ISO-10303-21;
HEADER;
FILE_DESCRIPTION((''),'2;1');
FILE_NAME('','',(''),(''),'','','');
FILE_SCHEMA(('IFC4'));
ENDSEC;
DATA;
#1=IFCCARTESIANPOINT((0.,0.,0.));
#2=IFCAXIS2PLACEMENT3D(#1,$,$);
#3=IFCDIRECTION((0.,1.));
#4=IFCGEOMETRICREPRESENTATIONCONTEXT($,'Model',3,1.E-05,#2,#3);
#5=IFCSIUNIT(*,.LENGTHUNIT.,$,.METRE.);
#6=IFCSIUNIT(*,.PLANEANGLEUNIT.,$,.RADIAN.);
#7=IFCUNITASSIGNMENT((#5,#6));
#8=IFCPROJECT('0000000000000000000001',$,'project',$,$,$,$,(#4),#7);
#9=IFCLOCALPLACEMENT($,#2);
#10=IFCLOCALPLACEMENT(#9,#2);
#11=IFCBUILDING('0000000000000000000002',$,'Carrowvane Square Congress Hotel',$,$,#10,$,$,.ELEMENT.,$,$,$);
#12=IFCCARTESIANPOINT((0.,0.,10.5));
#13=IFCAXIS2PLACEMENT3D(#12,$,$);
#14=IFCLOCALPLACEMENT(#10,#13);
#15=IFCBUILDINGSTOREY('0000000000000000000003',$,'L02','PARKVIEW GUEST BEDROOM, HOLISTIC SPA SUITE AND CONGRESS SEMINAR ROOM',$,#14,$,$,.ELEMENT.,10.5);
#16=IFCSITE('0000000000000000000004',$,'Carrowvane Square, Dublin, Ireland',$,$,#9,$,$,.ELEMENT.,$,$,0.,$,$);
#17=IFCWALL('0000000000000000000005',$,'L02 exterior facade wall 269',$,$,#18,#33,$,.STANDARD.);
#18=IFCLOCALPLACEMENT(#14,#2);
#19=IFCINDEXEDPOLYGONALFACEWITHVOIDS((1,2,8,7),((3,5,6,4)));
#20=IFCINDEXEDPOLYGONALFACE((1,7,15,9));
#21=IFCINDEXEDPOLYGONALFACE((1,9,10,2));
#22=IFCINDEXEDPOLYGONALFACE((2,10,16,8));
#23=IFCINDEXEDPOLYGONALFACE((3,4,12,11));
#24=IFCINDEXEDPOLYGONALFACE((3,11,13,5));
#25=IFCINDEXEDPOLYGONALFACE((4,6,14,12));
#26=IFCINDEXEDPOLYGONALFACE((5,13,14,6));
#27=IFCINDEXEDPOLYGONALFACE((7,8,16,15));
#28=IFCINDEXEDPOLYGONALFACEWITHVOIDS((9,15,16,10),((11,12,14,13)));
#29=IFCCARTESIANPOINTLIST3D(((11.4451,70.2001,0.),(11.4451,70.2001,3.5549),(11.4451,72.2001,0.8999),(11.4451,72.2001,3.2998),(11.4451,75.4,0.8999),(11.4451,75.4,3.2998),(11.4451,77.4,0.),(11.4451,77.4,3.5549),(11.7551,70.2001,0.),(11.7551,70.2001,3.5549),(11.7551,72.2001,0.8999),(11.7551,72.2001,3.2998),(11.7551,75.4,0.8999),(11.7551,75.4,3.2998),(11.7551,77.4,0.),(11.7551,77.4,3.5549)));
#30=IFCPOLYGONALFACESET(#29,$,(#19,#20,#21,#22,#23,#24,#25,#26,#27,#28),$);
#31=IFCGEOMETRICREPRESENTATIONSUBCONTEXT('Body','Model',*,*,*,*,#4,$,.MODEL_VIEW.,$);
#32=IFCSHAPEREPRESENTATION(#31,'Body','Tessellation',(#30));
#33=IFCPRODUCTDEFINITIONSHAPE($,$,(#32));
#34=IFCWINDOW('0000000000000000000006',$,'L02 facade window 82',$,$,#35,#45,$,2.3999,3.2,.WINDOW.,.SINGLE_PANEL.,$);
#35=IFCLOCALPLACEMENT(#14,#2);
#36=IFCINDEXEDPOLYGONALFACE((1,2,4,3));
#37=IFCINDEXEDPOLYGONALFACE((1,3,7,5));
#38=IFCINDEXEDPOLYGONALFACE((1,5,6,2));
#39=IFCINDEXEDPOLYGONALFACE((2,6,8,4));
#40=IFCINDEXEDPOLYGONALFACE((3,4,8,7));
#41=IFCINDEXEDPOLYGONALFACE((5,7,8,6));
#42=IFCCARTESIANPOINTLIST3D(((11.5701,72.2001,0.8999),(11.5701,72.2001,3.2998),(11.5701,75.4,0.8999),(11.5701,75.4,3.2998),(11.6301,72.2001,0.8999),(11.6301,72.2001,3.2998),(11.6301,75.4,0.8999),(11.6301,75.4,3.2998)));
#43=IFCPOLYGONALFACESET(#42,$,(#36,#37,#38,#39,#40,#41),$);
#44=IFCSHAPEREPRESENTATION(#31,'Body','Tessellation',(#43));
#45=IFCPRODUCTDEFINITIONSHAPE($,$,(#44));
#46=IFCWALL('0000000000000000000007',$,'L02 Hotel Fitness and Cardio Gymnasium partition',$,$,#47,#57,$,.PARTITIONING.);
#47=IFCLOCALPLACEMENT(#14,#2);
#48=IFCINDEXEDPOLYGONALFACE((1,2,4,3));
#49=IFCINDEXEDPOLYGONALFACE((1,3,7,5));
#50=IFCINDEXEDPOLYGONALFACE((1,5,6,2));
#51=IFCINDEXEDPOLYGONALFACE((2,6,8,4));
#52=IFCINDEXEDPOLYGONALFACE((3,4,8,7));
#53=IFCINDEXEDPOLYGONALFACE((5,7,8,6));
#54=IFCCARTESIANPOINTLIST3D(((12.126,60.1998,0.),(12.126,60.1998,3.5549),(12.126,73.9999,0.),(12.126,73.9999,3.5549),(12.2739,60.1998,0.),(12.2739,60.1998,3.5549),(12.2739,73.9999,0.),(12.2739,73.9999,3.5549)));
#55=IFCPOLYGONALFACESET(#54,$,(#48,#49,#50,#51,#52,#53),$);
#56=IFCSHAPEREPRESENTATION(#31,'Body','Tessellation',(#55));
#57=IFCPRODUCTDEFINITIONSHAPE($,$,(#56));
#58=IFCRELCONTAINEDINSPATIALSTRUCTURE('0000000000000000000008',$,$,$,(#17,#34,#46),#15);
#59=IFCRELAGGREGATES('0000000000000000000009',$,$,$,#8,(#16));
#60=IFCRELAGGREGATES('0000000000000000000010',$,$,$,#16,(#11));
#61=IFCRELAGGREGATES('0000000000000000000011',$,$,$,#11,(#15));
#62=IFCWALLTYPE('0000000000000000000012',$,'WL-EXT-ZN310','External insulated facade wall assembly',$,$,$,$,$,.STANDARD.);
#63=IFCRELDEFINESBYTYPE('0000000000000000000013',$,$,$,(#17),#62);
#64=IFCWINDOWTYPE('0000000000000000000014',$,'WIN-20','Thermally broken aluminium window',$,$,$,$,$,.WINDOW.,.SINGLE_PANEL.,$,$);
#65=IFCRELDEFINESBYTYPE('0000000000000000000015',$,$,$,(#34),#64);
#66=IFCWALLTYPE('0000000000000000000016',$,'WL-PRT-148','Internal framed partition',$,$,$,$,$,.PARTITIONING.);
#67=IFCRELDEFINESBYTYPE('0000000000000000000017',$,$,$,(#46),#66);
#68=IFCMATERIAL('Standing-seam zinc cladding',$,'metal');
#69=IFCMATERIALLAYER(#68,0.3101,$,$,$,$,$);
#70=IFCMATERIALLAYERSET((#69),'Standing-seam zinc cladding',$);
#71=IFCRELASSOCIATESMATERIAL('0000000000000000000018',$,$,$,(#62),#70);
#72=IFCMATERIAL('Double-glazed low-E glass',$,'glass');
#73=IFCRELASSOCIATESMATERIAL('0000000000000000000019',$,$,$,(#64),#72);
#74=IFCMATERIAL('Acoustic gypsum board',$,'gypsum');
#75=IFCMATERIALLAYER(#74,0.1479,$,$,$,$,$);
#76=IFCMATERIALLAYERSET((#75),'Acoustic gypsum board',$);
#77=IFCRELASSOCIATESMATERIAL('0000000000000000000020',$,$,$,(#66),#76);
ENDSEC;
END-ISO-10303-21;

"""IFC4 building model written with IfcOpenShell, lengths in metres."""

from ifc_helpers import new_model, si_unit, direction, frame, frame_2d, origin, place, context, subcontext, project, spatial, rectangle, extrude, material, layer, layer_set, type_object, element, fill, save


model = new_model("IFC4")

# Units and contexts
model_context = context("Model", 3, precision=1e-05, world=origin(), true_north=direction((0.0, 1.0)))
body_context = subcontext(model_context, "Body", "Model", "MODEL_VIEW")
ifc_project = project(units=[si_unit("LENGTHUNIT", "METRE"), si_unit("PLANEANGLEUNIT", "RADIAN")], contexts=[model_context])

# Site, building, storey
site_placement = place(None, origin())
site = spatial("IfcSite", under=ifc_project, at=site_placement, Name="Carrowvane Square, Dublin, Ireland", CompositionType="ELEMENT", RefElevation=0.0)
building_placement = place(site_placement, origin())
building = spatial("IfcBuilding", under=site, at=building_placement, Name="Carrowvane Square Congress Hotel", CompositionType="ELEMENT")
storey_placement = place(building_placement, frame((0.0, 0.0, 10.5)))
storey = spatial("IfcBuildingStorey", under=building, at=storey_placement, Name="L02", Description="PARKVIEW GUEST BEDROOM, HOLISTIC SPA SUITE AND CONGRESS SEMINAR ROOM", CompositionType="ELEMENT", Elevation=10.5)

# Wall, opening, window
ifc_material_1 = material(Name="Standing-seam zinc cladding", Category="metal")
ifc_layer_1 = layer(ifc_material_1, 0.3101)
ifc_layer_set_1 = layer_set([ifc_layer_1], Name="Standing-seam zinc cladding")
wall_type_1 = type_object("IfcWallType", Name="WL-EXT-ZN310", Description="External insulated facade wall assembly", PredefinedType="STANDARD", material=ifc_layer_set_1)
wall_1_placement = place(storey_placement, frame((11.6001, 70.2, 0.0), z_axis=(0.0, 0.0, 1.0), x_axis=(0.0, 1.0, 0.0)))
wall_1 = element("IfcWall", 1, at=wall_1_placement, inside=storey, type_object=wall_type_1, Name="L02 exterior facade wall 269", PredefinedType="STANDARD", context=body_context, shape_type="SweptSolid", body=[
    extrude(rectangle(XDim=7.2, YDim=0.3101, at=frame_2d((3.6001, 0.0))), origin(), (0.0, 0.0, 1.0), 3.5549),
])
opening_1_placement = place(wall_1_placement, frame((2.0, 0.0, 0.8999)))
opening_1 = element("IfcOpeningElement", 2, at=opening_1_placement, cuts=wall_1, PredefinedType="OPENING", context=body_context, shape_type="SweptSolid", body=[
    extrude(rectangle(XDim=3.2, YDim=2.3999, at=frame_2d((1.6001, 1.2))), frame((0.0, 0.165, 0.0), z_axis=(0.0, -1.0, 0.0), x_axis=(1.0, 0.0, 0.0)), (0.0, 0.0, 1.0), 0.3301),
])
ifc_material_2 = material(Name="Double-glazed low-E glass", Category="glass")
window_type_1 = type_object("IfcWindowType", Name="WIN-20", Description="Thermally broken aluminium window", PartitioningType="SINGLE_PANEL", PredefinedType="WINDOW", material=ifc_material_2)
window_1_placement = place(opening_1_placement, origin())
window_1 = element("IfcWindow", 3, at=window_1_placement, inside=storey, type_object=window_type_1, Name="L02 facade window 82", OverallHeight=2.3999, OverallWidth=3.2, PartitioningType="SINGLE_PANEL", PredefinedType="WINDOW", context=body_context, shape_type="SweptSolid", body=[
    extrude(rectangle(XDim=3.2, YDim=2.3999, at=frame_2d((1.6001, 1.2))), frame((0.0, 0.03, 0.0), z_axis=(0.0, -1.0, 0.0), x_axis=(1.0, 0.0, 0.0)), (0.0, 0.0, 1.0), 0.0601),
])
fill(opening_1, window_1)

# Wall
ifc_material_3 = material(Name="Acoustic gypsum board", Category="gypsum")
ifc_layer_2 = layer(ifc_material_3, 0.1479)
ifc_layer_set_2 = layer_set([ifc_layer_2], Name="Acoustic gypsum board")
wall_type_2 = type_object("IfcWallType", Name="WL-PRT-148", Description="Internal framed partition", PredefinedType="PARTITIONING", material=ifc_layer_set_2)
wall_2_placement = place(storey_placement, frame((12.2, 60.2, 0.0), z_axis=(0.0, 0.0, 1.0), x_axis=(0.0, 1.0, 0.0)))
element("IfcWall", 4, at=wall_2_placement, inside=storey, type_object=wall_type_2, Name="L02 Hotel Fitness and Cardio Gymnasium partition", PredefinedType="PARTITIONING", context=body_context, shape_type="SweptSolid", body=[
    extrude(rectangle(XDim=13.8, YDim=0.1479, at=frame_2d((6.8999, 0.0))), origin(), (0.0, 0.0, 1.0), 3.5549),
])

save(model, "model.ifc")
